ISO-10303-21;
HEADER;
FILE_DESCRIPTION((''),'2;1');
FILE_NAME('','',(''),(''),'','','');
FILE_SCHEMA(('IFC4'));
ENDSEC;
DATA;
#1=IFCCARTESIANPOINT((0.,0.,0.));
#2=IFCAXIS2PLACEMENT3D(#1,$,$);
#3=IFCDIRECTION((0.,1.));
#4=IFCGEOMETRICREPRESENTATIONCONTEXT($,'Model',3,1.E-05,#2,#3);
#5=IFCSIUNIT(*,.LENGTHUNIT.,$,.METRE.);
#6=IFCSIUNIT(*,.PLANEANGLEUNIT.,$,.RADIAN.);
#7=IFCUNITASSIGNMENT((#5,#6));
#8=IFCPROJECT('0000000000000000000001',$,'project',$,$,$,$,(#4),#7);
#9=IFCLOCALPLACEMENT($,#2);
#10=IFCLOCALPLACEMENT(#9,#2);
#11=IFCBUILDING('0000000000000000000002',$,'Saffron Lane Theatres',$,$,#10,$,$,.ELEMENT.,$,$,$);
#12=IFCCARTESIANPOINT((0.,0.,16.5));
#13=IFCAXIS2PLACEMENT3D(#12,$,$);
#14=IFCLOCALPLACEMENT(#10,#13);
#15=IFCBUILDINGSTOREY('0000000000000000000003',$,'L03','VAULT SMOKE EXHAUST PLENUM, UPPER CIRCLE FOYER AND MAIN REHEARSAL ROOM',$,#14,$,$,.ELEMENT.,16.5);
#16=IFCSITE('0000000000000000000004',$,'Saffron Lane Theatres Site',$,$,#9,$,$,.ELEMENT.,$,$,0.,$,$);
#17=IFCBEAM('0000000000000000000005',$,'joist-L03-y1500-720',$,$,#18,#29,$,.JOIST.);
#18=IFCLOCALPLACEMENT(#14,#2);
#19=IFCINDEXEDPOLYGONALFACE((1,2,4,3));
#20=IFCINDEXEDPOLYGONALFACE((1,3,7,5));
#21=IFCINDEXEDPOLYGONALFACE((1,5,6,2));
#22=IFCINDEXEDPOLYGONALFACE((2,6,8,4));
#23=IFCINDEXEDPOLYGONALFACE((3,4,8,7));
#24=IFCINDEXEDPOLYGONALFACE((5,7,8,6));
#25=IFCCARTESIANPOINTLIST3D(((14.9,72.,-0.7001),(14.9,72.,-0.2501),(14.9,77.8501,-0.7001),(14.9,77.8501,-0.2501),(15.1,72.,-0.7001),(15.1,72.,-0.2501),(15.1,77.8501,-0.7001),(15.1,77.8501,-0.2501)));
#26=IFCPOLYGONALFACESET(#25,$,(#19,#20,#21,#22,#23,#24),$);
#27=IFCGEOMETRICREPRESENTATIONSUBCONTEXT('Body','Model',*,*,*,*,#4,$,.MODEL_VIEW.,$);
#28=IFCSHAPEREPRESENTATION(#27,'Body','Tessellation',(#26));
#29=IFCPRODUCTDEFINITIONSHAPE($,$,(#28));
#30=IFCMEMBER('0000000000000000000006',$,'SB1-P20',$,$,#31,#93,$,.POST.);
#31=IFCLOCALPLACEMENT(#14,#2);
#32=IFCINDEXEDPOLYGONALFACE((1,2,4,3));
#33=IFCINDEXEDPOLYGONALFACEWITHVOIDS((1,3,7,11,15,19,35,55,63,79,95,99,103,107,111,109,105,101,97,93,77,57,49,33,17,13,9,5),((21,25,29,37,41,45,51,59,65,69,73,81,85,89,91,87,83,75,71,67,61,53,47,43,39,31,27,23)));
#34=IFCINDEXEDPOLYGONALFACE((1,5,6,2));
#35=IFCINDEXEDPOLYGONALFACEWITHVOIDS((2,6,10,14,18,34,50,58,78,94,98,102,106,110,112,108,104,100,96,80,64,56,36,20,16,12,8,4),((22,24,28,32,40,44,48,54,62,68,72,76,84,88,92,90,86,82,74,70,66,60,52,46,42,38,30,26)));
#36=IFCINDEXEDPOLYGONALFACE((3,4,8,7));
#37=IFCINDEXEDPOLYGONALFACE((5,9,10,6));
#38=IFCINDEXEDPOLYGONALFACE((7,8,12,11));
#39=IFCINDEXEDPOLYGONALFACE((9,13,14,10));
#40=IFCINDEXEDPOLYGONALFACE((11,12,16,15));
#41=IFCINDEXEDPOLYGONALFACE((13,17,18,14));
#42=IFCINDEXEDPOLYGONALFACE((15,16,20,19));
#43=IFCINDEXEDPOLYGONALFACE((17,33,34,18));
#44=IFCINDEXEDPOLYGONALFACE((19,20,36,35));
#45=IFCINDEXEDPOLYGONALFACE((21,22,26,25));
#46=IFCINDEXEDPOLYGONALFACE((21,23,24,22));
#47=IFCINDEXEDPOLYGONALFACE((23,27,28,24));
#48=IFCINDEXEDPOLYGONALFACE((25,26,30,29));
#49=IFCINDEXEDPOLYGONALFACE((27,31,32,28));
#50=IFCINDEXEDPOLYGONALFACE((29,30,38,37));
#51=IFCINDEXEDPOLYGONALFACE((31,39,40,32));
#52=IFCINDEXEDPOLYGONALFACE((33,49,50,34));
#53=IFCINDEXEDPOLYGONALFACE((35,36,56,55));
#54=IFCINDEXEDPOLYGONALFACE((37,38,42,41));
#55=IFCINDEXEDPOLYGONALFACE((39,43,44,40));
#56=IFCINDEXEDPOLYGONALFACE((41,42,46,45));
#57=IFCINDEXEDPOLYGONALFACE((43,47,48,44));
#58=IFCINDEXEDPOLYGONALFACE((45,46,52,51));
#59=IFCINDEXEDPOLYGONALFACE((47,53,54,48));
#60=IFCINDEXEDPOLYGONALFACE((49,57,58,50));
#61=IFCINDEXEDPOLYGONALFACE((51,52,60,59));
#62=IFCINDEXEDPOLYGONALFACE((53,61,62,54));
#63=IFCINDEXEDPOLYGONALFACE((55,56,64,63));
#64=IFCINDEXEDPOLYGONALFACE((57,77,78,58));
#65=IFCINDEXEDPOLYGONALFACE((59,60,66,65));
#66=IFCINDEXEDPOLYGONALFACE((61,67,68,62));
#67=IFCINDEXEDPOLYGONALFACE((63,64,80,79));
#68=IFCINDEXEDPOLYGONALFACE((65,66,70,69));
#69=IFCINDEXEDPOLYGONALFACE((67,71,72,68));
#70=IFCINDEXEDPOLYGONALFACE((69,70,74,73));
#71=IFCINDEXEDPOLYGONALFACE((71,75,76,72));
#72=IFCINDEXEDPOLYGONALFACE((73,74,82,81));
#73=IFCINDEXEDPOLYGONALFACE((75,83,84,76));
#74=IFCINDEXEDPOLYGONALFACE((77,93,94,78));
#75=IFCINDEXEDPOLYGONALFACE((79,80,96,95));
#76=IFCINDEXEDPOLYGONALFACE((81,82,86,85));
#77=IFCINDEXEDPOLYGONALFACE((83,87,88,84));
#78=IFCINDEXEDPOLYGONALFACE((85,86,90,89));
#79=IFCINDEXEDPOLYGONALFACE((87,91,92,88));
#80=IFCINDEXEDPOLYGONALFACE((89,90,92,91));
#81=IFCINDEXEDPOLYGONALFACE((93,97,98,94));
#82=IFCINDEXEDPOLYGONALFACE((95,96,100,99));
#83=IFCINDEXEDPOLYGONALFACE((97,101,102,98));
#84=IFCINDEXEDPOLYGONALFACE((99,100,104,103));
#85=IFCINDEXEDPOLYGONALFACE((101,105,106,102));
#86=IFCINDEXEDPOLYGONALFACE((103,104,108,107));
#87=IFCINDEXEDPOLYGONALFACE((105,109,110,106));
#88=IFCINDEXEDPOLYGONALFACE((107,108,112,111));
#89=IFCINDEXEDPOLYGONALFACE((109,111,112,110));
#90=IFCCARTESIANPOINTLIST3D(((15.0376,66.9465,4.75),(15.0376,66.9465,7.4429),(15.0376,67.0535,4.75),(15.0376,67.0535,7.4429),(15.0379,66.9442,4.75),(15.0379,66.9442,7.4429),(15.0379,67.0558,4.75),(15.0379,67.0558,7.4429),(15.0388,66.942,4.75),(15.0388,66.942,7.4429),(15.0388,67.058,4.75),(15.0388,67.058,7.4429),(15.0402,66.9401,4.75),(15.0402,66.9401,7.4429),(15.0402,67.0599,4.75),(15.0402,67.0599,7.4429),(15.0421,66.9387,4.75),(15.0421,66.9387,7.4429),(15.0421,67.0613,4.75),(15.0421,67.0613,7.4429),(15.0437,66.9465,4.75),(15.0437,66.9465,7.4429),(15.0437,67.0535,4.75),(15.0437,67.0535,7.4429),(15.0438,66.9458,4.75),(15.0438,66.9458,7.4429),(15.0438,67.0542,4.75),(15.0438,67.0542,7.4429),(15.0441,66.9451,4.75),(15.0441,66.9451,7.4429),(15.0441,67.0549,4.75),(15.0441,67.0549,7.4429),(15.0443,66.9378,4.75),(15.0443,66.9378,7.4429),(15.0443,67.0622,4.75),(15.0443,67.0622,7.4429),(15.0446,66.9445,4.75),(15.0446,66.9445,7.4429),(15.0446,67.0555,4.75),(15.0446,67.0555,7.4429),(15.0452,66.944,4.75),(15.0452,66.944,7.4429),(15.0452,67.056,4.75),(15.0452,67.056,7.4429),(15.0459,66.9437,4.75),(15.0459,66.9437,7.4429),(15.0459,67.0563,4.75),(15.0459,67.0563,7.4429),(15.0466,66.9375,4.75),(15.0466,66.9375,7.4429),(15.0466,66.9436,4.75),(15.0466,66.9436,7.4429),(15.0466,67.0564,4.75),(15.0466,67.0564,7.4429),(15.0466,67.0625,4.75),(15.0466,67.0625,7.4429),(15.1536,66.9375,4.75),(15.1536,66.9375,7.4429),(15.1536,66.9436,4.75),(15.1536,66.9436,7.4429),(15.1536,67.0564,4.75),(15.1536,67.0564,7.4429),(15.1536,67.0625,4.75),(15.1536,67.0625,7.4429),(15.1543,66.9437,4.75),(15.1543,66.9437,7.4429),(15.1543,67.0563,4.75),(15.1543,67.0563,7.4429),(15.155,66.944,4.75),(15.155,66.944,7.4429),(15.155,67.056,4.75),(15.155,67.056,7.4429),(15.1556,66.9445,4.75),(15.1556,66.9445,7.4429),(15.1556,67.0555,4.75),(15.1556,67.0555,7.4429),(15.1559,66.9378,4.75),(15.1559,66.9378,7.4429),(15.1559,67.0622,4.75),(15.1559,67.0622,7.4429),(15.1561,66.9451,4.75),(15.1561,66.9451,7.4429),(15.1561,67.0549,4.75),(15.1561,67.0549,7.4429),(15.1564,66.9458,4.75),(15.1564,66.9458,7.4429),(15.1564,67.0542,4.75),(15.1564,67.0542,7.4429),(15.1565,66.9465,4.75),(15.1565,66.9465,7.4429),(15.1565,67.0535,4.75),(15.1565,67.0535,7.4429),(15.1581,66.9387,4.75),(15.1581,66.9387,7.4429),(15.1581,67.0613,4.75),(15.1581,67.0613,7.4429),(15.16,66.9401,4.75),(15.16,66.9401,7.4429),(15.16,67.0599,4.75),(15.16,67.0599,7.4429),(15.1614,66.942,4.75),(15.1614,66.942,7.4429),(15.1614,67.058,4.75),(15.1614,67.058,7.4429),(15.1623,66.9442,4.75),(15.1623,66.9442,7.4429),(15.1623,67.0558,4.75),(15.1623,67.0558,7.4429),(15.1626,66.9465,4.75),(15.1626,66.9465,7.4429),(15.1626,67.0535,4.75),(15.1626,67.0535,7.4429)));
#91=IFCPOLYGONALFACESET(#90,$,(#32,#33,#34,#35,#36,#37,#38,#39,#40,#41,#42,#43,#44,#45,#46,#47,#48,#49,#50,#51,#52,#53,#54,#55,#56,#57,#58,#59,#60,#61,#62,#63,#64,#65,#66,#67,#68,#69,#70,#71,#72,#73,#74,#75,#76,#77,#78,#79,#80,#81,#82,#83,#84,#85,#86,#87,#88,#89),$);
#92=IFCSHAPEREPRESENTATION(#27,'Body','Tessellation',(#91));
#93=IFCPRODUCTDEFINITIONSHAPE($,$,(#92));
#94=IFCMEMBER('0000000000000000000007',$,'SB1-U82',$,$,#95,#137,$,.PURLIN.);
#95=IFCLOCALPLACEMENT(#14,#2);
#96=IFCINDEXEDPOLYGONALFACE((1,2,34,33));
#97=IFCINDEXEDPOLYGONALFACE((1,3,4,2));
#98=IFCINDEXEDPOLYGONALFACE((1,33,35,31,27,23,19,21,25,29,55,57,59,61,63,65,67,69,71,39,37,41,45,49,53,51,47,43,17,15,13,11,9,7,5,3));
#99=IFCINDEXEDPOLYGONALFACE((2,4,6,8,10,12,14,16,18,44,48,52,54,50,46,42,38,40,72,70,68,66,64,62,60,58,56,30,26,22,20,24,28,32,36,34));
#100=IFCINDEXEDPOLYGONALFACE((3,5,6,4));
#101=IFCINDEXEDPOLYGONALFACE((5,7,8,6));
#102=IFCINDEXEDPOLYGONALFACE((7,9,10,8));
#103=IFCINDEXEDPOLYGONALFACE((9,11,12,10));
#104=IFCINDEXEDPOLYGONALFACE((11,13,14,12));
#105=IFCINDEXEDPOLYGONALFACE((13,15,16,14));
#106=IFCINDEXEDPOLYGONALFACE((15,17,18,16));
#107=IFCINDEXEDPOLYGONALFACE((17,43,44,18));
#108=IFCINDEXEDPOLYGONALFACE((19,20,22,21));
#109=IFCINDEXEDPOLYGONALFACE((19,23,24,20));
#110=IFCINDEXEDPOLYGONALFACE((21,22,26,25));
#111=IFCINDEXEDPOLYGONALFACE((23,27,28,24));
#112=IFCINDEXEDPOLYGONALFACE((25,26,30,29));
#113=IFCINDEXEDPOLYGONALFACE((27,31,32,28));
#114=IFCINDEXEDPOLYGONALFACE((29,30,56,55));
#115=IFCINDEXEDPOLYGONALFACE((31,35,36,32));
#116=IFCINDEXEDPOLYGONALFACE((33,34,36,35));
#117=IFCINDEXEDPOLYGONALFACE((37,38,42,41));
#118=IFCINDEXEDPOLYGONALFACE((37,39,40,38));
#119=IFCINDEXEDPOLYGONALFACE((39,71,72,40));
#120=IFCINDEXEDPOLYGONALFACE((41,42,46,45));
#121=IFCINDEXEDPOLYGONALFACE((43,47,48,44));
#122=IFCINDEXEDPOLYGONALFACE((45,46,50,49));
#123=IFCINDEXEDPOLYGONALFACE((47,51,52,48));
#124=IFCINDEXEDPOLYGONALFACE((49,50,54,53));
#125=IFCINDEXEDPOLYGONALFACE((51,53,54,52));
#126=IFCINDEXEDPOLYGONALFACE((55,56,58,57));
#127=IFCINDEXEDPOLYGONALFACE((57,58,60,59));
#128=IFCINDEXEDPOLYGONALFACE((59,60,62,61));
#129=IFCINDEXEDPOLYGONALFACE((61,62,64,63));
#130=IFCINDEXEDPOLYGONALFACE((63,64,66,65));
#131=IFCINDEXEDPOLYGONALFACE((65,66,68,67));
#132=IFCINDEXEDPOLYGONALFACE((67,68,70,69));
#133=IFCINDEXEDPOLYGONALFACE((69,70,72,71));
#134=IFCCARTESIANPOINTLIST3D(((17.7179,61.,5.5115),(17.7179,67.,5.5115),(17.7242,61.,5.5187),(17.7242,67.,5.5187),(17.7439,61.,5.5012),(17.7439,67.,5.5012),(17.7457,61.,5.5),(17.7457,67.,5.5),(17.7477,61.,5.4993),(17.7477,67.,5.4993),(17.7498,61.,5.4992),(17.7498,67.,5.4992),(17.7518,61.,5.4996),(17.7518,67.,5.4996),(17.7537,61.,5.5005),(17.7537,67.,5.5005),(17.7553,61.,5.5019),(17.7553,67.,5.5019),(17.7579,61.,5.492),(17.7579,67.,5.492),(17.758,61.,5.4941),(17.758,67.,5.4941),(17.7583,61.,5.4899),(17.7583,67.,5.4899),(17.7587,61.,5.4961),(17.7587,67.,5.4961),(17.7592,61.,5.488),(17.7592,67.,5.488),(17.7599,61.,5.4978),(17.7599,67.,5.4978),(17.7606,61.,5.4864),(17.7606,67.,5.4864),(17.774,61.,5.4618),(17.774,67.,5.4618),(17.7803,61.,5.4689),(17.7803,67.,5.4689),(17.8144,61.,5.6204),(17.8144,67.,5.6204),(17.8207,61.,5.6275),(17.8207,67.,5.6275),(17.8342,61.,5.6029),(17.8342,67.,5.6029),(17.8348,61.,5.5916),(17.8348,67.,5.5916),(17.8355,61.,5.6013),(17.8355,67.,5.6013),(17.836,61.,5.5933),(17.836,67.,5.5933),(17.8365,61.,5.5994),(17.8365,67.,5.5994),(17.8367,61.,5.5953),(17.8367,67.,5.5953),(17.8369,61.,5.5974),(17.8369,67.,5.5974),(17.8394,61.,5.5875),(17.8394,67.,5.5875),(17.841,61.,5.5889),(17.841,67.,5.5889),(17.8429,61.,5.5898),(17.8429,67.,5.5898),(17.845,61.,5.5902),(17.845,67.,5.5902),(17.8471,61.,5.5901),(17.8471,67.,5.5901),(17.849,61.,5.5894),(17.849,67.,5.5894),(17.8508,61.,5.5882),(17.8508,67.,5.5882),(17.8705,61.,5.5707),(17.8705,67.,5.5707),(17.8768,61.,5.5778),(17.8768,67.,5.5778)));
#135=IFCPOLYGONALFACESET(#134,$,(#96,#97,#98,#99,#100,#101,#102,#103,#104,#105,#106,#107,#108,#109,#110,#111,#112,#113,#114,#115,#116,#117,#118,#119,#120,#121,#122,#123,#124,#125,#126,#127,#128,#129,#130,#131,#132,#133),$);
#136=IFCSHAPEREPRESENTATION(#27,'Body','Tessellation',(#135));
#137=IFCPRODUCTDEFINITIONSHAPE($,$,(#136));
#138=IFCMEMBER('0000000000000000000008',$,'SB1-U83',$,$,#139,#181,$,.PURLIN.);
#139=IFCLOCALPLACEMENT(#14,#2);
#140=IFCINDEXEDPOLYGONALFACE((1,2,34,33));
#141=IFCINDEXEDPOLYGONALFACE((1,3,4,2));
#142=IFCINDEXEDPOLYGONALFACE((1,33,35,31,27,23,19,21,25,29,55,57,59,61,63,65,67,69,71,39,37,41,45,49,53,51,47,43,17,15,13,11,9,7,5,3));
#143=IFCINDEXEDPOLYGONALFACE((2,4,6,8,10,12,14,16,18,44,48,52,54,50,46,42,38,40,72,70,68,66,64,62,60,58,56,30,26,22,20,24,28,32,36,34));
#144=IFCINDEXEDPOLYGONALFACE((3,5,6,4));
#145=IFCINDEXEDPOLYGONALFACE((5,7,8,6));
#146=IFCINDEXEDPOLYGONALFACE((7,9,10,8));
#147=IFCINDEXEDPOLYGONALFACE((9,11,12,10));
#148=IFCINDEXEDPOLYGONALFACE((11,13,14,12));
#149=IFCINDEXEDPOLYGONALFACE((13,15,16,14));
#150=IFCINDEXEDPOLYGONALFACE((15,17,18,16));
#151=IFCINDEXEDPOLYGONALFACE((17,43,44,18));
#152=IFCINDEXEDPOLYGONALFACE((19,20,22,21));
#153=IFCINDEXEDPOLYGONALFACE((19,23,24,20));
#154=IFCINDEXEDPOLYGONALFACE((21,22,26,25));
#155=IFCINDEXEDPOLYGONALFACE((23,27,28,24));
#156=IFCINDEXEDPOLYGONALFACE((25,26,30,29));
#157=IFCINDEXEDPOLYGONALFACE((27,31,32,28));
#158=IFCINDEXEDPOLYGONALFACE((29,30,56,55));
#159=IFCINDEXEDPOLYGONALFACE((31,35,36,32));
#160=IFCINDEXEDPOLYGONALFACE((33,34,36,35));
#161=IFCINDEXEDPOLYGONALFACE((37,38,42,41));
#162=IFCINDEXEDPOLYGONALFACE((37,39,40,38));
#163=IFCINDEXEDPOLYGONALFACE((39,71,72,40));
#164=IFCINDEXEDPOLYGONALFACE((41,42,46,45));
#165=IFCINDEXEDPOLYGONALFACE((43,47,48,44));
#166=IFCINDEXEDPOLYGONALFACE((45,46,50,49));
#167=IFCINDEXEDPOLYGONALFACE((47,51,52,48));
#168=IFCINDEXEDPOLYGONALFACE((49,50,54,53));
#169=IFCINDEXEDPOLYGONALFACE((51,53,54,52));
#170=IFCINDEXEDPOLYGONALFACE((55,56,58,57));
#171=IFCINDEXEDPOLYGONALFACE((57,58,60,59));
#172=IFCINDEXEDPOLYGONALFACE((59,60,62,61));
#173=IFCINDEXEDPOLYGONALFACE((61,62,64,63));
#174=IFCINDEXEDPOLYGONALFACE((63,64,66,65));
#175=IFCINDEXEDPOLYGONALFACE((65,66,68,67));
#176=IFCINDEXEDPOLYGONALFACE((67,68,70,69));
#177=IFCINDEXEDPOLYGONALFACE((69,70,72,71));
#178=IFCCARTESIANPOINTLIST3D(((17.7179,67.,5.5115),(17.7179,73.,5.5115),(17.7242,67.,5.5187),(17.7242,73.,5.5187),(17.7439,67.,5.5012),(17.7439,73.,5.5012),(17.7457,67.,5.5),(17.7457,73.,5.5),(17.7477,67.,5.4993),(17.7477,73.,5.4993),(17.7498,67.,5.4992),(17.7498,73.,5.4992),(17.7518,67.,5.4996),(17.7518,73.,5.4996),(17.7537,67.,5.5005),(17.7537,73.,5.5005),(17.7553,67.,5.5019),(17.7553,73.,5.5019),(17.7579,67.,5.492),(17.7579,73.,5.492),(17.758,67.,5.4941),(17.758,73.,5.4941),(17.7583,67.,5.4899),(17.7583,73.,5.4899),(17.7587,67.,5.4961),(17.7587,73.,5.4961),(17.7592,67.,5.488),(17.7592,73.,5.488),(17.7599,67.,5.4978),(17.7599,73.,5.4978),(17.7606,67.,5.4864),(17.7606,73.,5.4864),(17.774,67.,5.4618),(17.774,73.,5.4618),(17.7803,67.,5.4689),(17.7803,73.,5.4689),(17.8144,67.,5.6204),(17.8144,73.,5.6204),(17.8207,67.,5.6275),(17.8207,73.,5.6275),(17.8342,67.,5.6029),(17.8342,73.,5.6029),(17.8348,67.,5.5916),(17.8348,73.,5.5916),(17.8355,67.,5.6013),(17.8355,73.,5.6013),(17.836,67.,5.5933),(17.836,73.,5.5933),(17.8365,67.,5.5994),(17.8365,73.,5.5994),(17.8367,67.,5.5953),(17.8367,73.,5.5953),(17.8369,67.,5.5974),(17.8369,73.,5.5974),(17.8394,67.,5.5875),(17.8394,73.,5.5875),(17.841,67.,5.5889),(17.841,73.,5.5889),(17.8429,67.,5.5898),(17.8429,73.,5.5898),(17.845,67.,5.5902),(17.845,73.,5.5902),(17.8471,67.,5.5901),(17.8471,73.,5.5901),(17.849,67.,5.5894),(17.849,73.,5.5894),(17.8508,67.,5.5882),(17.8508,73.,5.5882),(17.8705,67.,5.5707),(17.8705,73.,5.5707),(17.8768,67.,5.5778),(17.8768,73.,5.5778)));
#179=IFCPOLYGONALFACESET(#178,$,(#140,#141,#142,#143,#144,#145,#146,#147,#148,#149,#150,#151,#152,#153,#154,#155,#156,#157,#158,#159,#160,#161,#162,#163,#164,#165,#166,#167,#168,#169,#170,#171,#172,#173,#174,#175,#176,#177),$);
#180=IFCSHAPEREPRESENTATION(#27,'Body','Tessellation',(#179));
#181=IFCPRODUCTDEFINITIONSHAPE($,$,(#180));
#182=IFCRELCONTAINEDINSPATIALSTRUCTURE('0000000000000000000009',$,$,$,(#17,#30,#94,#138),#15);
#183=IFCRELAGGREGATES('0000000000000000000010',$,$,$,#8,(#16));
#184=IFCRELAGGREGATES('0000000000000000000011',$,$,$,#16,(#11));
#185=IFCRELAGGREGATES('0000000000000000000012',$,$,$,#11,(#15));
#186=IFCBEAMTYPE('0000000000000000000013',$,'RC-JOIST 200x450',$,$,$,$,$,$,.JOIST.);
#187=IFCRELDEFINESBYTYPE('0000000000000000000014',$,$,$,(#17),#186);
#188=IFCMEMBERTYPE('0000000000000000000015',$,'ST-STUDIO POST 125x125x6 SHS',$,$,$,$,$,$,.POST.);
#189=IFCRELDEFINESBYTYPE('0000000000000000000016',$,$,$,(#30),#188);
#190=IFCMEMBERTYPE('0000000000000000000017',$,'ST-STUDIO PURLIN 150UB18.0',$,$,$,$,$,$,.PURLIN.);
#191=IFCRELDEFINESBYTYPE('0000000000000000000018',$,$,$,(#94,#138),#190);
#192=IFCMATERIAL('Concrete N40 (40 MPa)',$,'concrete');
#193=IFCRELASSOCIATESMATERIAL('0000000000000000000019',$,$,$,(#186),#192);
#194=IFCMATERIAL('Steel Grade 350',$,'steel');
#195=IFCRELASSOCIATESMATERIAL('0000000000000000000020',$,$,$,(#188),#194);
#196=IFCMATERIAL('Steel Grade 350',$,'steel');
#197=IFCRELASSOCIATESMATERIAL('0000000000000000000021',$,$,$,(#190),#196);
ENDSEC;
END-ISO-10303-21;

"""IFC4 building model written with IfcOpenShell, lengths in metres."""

from ifc_helpers import new_model, si_unit, direction, frame, origin, origin_2d, place, context, subcontext, project, spatial, rectangle, hollow_rectangle, i_section, extrude, material, material_profile, profile_set, type_object, element, save


model = new_model("IFC4")

# Units and contexts
model_context = context("Model", 3, precision=1e-05, world=origin(), true_north=direction((0.0, 1.0)))
body_context = subcontext(model_context, "Body", "Model", "MODEL_VIEW")
ifc_project = project(units=[si_unit("LENGTHUNIT", "METRE"), si_unit("PLANEANGLEUNIT", "RADIAN")], contexts=[model_context])

# Site, building, storey
site_placement = place(None, origin())
site = spatial("IfcSite", under=ifc_project, at=site_placement, Name="Saffron Lane Theatres Site", CompositionType="ELEMENT", RefElevation=0.0)
building_placement = place(site_placement, origin())
building = spatial("IfcBuilding", under=site, at=building_placement, Name="Saffron Lane Theatres", CompositionType="ELEMENT")
storey_placement = place(building_placement, frame((0.0, 0.0, 16.5)))
storey = spatial("IfcBuildingStorey", under=building, at=storey_placement, Name="L03", Description="VAULT SMOKE EXHAUST PLENUM, UPPER CIRCLE FOYER AND MAIN REHEARSAL ROOM", CompositionType="ELEMENT", Elevation=16.5)

# Beam
ifc_material_1 = material(Name="Concrete N40 (40 MPa)", Category="concrete")
ifc_material_profile_1 = material_profile(ifc_material_1, rectangle(XDim=0.2, YDim=0.45, at=origin_2d()))
ifc_profile_set_1 = profile_set([ifc_material_profile_1], Name="Concrete N40 (40 MPa)")
beam_type = type_object("IfcBeamType", Name="RC-JOIST 200x450", PredefinedType="JOIST", material=ifc_profile_set_1)
beam_placement = place(storey_placement, frame((15.0, 72.0, -0.4751), z_axis=(0.0, 1.0, 0.0), x_axis=(-1.0, 0.0, 0.0)))
element("IfcBeam", 1, at=beam_placement, inside=storey, type_object=beam_type, Name="joist-L03-y1500-720", PredefinedType="JOIST", context=body_context, shape_type="SweptSolid", body=[
    extrude(rectangle(XDim=0.2, YDim=0.45, at=origin_2d()), origin(), (0.0, 0.0, 1.0), 5.8501),
])

# Members
ifc_material_2 = material(Name="Steel Grade 350", Category="steel")
ifc_material_profile_2 = material_profile(ifc_material_2, hollow_rectangle(XDim=0.125, YDim=0.125, WallThickness=0.0061, InnerFilletRadius=0.0029, OuterFilletRadius=0.009, at=origin_2d()))
ifc_profile_set_2 = profile_set([ifc_material_profile_2], Name="Steel Grade 350")
member_type_1 = type_object("IfcMemberType", Name="ST-STUDIO POST 125x125x6 SHS", PredefinedType="POST", material=ifc_profile_set_2)
member_1_placement = place(storey_placement, frame((15.1001, 67.0, 4.75), z_axis=(0.0, 0.0, 1.0), x_axis=(1.0, 0.0, 0.0)))
element("IfcMember", 2, at=member_1_placement, inside=storey, type_object=member_type_1, Name="SB1-P20", PredefinedType="POST", context=body_context, shape_type="SweptSolid", body=[
    extrude(hollow_rectangle(XDim=0.125, YDim=0.125, WallThickness=0.0061, InnerFilletRadius=0.0029, OuterFilletRadius=0.009, at=origin_2d()), origin(), (0.0, 0.0, 1.0), 2.6929),
])
ifc_material_3 = material(Name="Steel Grade 350", Category="steel")
ifc_material_profile_3 = material_profile(ifc_material_3, i_section(OverallWidth=0.075, OverallDepth=0.155, WebThickness=0.0061, FlangeThickness=0.0095, FilletRadius=0.0081, at=origin_2d()))
ifc_profile_set_3 = profile_set([ifc_material_profile_3], Name="Steel Grade 350")
member_type_2 = type_object("IfcMemberType", Name="ST-STUDIO PURLIN 150UB18.0", PredefinedType="PURLIN", material=ifc_profile_set_3)
for number, where, z_axis, x_axis, name in (
    (3, (17.7974, 61.0, 5.5447), (0.0, 1.0, 0.0), (-0.748269, 0.0, 0.663396), "SB1-U82"),
    (4, (17.7974, 67.0, 5.5447), (0.0, 1.0, 0.0), (-0.748269, 0.0, 0.663396), "SB1-U83"),
):
    element("IfcMember", number, at=place(storey_placement, frame(where, z_axis=z_axis, x_axis=x_axis)), inside=storey, type_object=member_type_2, Name=name, PredefinedType="PURLIN", context=body_context, shape_type="SweptSolid", body=[
        extrude(i_section(OverallWidth=0.075, OverallDepth=0.155, WebThickness=0.0061, FlangeThickness=0.0095, FilletRadius=0.0081, at=origin_2d()), origin(), (0.0, 0.0, 1.0), 6.0),
    ])

save(model, "model.ifc")
